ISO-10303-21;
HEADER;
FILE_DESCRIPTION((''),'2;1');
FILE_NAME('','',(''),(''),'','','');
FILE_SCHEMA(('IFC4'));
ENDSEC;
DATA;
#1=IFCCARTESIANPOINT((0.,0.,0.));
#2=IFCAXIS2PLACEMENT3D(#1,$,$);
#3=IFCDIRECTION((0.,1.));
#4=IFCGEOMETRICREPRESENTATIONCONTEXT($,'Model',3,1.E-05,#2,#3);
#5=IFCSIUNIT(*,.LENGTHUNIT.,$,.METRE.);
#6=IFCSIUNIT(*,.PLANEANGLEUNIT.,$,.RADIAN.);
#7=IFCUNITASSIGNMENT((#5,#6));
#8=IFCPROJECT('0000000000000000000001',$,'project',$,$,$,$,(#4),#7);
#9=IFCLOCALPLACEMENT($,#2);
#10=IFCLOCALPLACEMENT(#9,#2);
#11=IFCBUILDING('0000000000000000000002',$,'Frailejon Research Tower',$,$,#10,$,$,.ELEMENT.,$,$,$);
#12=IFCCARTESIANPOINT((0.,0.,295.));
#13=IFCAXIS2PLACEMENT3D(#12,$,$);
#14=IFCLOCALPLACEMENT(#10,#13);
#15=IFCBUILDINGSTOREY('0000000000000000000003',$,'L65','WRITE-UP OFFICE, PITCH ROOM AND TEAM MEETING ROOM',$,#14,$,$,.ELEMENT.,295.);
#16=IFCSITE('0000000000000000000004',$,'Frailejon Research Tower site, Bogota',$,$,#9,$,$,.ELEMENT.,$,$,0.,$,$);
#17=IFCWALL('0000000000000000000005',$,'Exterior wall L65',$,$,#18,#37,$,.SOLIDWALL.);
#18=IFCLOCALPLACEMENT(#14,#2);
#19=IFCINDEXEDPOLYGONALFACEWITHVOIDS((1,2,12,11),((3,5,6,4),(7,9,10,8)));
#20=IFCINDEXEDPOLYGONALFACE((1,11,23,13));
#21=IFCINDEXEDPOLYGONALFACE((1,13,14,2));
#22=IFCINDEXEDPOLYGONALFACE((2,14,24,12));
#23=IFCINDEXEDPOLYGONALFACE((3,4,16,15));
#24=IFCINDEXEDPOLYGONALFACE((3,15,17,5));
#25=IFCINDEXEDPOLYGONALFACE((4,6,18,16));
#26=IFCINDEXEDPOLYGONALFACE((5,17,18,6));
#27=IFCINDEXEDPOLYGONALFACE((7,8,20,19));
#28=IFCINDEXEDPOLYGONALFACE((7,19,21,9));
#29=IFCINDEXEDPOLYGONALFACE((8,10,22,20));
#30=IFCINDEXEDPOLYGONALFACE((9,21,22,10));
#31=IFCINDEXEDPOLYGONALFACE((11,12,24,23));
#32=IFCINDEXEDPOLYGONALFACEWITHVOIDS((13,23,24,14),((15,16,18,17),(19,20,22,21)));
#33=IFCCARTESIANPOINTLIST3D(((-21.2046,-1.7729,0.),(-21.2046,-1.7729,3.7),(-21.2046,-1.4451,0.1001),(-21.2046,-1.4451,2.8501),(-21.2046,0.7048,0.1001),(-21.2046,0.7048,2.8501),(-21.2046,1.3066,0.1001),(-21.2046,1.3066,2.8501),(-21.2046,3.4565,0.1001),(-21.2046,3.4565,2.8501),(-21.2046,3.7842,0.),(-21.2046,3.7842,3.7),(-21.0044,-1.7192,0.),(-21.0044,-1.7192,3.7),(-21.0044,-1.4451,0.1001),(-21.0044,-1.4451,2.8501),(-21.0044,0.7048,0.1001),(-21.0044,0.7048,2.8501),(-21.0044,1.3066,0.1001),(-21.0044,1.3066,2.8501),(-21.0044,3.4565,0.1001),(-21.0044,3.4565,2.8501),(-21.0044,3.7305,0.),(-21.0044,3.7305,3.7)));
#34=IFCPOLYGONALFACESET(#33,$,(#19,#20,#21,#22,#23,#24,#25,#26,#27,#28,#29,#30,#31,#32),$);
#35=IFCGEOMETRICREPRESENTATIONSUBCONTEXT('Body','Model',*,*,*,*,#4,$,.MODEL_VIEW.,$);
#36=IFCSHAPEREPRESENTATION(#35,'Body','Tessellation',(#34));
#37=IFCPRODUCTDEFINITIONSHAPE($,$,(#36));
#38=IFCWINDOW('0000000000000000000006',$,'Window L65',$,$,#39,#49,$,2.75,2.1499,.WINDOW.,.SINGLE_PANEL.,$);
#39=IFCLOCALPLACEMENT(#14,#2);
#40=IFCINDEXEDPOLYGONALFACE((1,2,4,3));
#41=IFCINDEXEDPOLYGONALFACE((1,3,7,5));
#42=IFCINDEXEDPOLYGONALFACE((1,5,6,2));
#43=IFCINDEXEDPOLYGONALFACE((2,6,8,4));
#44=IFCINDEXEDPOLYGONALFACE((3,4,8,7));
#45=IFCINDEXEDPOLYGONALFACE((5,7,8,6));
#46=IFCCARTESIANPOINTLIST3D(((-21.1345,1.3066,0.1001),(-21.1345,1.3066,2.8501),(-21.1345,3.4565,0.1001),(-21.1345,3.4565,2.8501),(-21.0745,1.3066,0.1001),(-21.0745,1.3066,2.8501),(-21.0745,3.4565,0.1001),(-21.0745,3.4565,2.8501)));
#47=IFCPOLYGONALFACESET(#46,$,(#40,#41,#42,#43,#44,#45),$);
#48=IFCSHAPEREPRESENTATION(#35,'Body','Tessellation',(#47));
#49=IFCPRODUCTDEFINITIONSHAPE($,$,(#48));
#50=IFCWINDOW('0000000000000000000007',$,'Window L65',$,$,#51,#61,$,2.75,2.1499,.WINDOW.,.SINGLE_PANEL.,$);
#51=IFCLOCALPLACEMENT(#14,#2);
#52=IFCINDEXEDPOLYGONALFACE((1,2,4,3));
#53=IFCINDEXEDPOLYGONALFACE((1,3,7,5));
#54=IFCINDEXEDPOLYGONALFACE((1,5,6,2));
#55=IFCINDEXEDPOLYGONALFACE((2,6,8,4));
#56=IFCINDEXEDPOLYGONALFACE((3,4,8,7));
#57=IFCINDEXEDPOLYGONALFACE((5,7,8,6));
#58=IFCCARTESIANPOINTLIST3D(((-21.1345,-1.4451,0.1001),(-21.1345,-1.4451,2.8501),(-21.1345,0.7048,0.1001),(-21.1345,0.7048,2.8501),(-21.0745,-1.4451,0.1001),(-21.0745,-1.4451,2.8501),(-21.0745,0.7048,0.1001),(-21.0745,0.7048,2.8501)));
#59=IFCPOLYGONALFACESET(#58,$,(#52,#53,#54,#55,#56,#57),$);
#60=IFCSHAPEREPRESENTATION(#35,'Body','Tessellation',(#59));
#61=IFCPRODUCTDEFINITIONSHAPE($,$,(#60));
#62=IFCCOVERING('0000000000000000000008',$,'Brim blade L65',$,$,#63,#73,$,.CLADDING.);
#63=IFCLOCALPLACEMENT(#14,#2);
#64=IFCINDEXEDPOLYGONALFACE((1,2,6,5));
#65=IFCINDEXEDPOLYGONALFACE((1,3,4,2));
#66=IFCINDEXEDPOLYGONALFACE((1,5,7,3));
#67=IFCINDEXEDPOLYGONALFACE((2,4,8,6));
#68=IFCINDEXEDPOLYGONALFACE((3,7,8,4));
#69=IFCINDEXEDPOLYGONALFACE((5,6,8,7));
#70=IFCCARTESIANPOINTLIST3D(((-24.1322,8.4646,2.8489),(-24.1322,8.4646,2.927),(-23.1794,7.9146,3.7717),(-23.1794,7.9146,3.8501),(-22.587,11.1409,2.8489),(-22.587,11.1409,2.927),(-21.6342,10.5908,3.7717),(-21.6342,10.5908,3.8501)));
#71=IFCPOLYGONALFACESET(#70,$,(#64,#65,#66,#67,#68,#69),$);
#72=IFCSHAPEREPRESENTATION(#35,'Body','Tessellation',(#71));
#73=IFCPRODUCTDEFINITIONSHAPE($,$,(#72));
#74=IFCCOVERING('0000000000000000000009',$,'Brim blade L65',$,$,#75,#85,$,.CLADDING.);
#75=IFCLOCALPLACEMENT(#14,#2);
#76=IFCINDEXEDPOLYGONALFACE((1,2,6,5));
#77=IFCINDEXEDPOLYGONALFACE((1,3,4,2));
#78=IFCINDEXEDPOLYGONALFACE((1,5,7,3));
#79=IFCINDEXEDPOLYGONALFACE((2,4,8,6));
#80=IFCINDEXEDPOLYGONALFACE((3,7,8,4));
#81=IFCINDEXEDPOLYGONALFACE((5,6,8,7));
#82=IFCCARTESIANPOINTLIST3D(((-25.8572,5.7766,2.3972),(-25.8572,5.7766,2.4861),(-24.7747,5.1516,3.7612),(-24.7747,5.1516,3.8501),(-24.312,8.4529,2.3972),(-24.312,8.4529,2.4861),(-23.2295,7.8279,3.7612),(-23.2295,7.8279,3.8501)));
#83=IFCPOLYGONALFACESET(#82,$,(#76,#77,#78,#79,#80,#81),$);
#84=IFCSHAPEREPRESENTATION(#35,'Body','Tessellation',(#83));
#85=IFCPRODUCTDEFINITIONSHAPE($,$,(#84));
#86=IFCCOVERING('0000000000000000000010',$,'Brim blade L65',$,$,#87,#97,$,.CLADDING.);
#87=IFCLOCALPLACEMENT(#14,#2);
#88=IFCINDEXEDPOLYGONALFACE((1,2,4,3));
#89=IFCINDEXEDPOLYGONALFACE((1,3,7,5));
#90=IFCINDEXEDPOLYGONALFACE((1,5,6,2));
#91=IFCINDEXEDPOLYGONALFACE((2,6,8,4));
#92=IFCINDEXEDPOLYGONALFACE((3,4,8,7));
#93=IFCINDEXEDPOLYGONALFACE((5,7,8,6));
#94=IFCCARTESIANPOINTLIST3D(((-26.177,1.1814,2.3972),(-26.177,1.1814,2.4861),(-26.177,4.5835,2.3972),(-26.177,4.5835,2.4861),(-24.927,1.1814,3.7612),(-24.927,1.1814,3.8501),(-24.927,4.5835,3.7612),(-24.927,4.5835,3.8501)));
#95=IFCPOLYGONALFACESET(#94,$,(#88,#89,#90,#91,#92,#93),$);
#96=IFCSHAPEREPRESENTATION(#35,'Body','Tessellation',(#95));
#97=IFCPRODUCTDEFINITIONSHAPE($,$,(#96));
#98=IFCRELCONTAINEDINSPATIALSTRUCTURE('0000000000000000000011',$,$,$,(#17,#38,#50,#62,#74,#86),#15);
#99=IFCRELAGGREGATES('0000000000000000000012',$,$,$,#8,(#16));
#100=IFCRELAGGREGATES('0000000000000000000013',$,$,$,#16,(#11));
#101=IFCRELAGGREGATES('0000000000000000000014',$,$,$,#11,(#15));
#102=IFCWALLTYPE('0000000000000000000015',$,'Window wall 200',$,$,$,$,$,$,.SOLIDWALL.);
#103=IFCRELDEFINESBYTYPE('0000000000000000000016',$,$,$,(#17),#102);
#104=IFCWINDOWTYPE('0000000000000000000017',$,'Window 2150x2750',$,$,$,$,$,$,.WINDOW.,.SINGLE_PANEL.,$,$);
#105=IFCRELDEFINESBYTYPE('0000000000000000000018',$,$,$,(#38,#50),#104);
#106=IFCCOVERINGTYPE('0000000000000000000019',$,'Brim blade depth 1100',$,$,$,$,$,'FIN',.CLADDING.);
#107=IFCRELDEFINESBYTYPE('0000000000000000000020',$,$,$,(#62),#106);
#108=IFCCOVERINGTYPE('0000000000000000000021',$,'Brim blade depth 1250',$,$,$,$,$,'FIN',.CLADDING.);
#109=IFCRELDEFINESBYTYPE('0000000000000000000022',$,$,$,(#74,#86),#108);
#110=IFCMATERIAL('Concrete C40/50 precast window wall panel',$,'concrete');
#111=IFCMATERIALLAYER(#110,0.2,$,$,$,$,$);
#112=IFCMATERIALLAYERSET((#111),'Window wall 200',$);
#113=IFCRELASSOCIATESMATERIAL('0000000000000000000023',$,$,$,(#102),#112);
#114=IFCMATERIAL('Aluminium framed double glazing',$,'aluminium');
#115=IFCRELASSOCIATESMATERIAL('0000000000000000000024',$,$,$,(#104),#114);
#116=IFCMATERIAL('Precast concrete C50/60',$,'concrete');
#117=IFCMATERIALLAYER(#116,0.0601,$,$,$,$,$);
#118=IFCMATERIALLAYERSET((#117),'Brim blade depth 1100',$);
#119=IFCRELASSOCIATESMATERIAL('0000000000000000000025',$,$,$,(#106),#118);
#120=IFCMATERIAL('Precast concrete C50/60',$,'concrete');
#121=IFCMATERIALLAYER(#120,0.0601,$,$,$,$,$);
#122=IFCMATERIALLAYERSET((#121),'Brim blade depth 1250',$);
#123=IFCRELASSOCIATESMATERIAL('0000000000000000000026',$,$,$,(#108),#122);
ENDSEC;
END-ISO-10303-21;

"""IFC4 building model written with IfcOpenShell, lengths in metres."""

from ifc_helpers import new_model, si_unit, direction, frame, frame_2d, origin, place, context, subcontext, project, spatial, polyline, rectangle, outline, extrude, material, layer, layer_set, type_object, element, fill, save


model = new_model("IFC4")

# Units and contexts
model_context = context("Model", 3, precision=1e-05, world=origin(), true_north=direction((0.0, 1.0)))
body_context = subcontext(model_context, "Body", "Model", "MODEL_VIEW")
ifc_project = project(units=[si_unit("LENGTHUNIT", "METRE"), si_unit("PLANEANGLEUNIT", "RADIAN")], contexts=[model_context])

# Site, building, storey
site_placement = place(None, origin())
site = spatial("IfcSite", under=ifc_project, at=site_placement, Name="Frailejon Research Tower site, Bogota", CompositionType="ELEMENT", RefElevation=0.0)
building_placement = place(site_placement, origin())
building = spatial("IfcBuilding", under=site, at=building_placement, Name="Frailejon Research Tower", CompositionType="ELEMENT")
storey_placement = place(building_placement, frame((0.0, 0.0, 295.0)))
storey = spatial("IfcBuildingStorey", under=building, at=storey_placement, Name="L65", Description="WRITE-UP OFFICE, PITCH ROOM AND TEAM MEETING ROOM", CompositionType="ELEMENT", Elevation=295.0)

# Wall, openings, windows
ifc_material_1 = material(Name="Concrete C40/50 precast window wall panel", Category="concrete")
ifc_layer_1 = layer(ifc_material_1, 0.2)
ifc_layer_set_1 = layer_set([ifc_layer_1], Name="Window wall 200")
wall_type_1 = type_object("IfcWallType", Name="Window wall 200", PredefinedType="SOLIDWALL", material=ifc_layer_set_1)
wall_1_placement = place(storey_placement, frame((-21.1045, 3.7573, 0.0), z_axis=(0.0, 0.0, 1.0), x_axis=(0.0, -1.0, 0.0)))
wall_1 = element("IfcWall", 1, at=wall_1_placement, inside=storey, type_object=wall_type_1, Name="Exterior wall L65", PredefinedType="SOLIDWALL", context=body_context, shape_type="SweptSolid", body=[
    extrude(outline(polyline([(-0.0269, -0.1001), (1.0845, -0.1001), (2.196, -0.1001), (3.3074, -0.1001), (4.4189, -0.1001), (5.5303, -0.1001), (5.4766, 0.1001), (4.3867, 0.1001), (3.2966, 0.1001), (2.2068, 0.1001), (1.1167, 0.1001), (0.0269, 0.1001), (-0.0269, -0.1001)])), origin(), (0.0, 0.0, 1.0), 3.7),
])
opening_1_placement = place(wall_1_placement, frame((0.3008, 0.0, 0.1001)))
opening_1 = element("IfcOpeningElement", 2, at=opening_1_placement, cuts=wall_1, PredefinedType="OPENING", context=body_context, shape_type="SweptSolid", body=[
    extrude(rectangle(XDim=2.1499, YDim=2.75, at=frame_2d((1.075, 1.375))), frame((0.0, 0.1099, 0.0), z_axis=(0.0, -1.0, 0.0), x_axis=(1.0, 0.0, 0.0)), (0.0, 0.0, 1.0), 0.22),
])
opening_2_placement = place(wall_1_placement, frame((3.0525, 0.0, 0.1001)))
opening_2 = element("IfcOpeningElement", 3, at=opening_2_placement, cuts=wall_1, PredefinedType="OPENING", context=body_context, shape_type="SweptSolid", body=[
    extrude(rectangle(XDim=2.1499, YDim=2.75, at=frame_2d((1.075, 1.375))), frame((0.0, 0.1099, 0.0), z_axis=(0.0, -1.0, 0.0), x_axis=(1.0, 0.0, 0.0)), (0.0, 0.0, 1.0), 0.22),
])
ifc_material_2 = material(Name="Aluminium framed double glazing", Category="aluminium")
window_type = type_object("IfcWindowType", Name="Window 2150x2750", PartitioningType="SINGLE_PANEL", PredefinedType="WINDOW", material=ifc_material_2)
window_1_placement = place(opening_1_placement, origin())
window_1 = element("IfcWindow", 4, at=window_1_placement, inside=storey, type_object=window_type, Name="Window L65", OverallHeight=2.75, OverallWidth=2.1499, PartitioningType="SINGLE_PANEL", PredefinedType="WINDOW", context=body_context, shape_type="SweptSolid", body=[
    extrude(rectangle(XDim=2.1499, YDim=2.75, at=frame_2d((1.075, 1.375))), frame((0.0, 0.03, 0.0), z_axis=(0.0, -1.0, 0.0), x_axis=(1.0, 0.0, 0.0)), (0.0, 0.0, 1.0), 0.0601),
])
fill(opening_1, window_1)
window_2_placement = place(opening_2_placement, origin())
window_2 = element("IfcWindow", 5, at=window_2_placement, inside=storey, type_object=window_type, Name="Window L65", OverallHeight=2.75, OverallWidth=2.1499, PartitioningType="SINGLE_PANEL", PredefinedType="WINDOW", context=body_context, shape_type="SweptSolid", body=[
    extrude(rectangle(XDim=2.1499, YDim=2.75, at=frame_2d((1.075, 1.375))), frame((0.0, 0.03, 0.0), z_axis=(0.0, -1.0, 0.0), x_axis=(1.0, 0.0, 0.0)), (0.0, 0.0, 1.0), 0.0601),
])
fill(opening_2, window_2)

# Coverings
ifc_material_3 = material(Name="Precast concrete C50/60", Category="concrete")
ifc_layer_2 = layer(ifc_material_3, 0.0601)
ifc_layer_set_2 = layer_set([ifc_layer_2], Name="Brim blade depth 1100")
covering_type_1 = type_object("IfcCoveringType", Name="Brim blade depth 1100", ElementType="FIN", PredefinedType="CLADDING", material=ifc_layer_set_2)
covering_1_placement = place(storey_placement, frame((-23.1794, 7.9146, 3.8501), z_axis=(0.500009, 0.86602, 0.0), x_axis=(-0.86602, 0.500009, 0.0)))
element("IfcCovering", 6, at=covering_1_placement, inside=storey, type_object=covering_type_1, Name="Brim blade L65", PredefinedType="CLADDING", context=body_context, shape_type="SweptSolid", body=[
    extrude(outline(polyline([(0.0, -0.0784), (1.1001, -1.0012), (1.1001, -0.9231), (0.0, 0.0), (0.0, -0.0784)])), origin(), (0.0, 0.0, 1.0), 3.0903),
])
ifc_material_4 = material(Name="Precast concrete C50/60", Category="concrete")
ifc_layer_3 = layer(ifc_material_4, 0.0601)
ifc_layer_set_3 = layer_set([ifc_layer_3], Name="Brim blade depth 1250")
covering_type_2 = type_object("IfcCoveringType", Name="Brim blade depth 1250", ElementType="FIN", PredefinedType="CLADDING", material=ifc_layer_set_3)
covering_2_placement = place(storey_placement, frame((-24.7747, 5.1516, 3.8501), z_axis=(0.499996, 0.866028, 0.0), x_axis=(-0.866028, 0.499996, 0.0)))
element("IfcCovering", 7, at=covering_2_placement, inside=storey, type_object=covering_type_2, Name="Brim blade L65", PredefinedType="CLADDING", context=body_context, shape_type="SweptSolid", body=[
    extrude(outline(polyline([(0.0, -0.0889), (1.25, -1.4529), (1.25, -1.364), (0.0, 0.0), (0.0, -0.0889)])), origin(), (0.0, 0.0, 1.0), 3.0903),
])
covering_3_placement = place(storey_placement, frame((-24.927, 1.1814, 3.8501), z_axis=(0.0, 1.0, 0.0), x_axis=(-1.0, 0.0, 0.0)))
element("IfcCovering", 8, at=covering_3_placement, inside=storey, type_object=covering_type_2, Name="Brim blade L65", PredefinedType="CLADDING", context=body_context, shape_type="SweptSolid", body=[
    extrude(outline(polyline([(0.0, -0.0889), (1.25, -1.4529), (1.25, -1.364), (0.0, 0.0), (0.0, -0.0889)])), origin(), (0.0, 0.0, 1.0), 3.4021),
])

save(model, "model.ifc")
